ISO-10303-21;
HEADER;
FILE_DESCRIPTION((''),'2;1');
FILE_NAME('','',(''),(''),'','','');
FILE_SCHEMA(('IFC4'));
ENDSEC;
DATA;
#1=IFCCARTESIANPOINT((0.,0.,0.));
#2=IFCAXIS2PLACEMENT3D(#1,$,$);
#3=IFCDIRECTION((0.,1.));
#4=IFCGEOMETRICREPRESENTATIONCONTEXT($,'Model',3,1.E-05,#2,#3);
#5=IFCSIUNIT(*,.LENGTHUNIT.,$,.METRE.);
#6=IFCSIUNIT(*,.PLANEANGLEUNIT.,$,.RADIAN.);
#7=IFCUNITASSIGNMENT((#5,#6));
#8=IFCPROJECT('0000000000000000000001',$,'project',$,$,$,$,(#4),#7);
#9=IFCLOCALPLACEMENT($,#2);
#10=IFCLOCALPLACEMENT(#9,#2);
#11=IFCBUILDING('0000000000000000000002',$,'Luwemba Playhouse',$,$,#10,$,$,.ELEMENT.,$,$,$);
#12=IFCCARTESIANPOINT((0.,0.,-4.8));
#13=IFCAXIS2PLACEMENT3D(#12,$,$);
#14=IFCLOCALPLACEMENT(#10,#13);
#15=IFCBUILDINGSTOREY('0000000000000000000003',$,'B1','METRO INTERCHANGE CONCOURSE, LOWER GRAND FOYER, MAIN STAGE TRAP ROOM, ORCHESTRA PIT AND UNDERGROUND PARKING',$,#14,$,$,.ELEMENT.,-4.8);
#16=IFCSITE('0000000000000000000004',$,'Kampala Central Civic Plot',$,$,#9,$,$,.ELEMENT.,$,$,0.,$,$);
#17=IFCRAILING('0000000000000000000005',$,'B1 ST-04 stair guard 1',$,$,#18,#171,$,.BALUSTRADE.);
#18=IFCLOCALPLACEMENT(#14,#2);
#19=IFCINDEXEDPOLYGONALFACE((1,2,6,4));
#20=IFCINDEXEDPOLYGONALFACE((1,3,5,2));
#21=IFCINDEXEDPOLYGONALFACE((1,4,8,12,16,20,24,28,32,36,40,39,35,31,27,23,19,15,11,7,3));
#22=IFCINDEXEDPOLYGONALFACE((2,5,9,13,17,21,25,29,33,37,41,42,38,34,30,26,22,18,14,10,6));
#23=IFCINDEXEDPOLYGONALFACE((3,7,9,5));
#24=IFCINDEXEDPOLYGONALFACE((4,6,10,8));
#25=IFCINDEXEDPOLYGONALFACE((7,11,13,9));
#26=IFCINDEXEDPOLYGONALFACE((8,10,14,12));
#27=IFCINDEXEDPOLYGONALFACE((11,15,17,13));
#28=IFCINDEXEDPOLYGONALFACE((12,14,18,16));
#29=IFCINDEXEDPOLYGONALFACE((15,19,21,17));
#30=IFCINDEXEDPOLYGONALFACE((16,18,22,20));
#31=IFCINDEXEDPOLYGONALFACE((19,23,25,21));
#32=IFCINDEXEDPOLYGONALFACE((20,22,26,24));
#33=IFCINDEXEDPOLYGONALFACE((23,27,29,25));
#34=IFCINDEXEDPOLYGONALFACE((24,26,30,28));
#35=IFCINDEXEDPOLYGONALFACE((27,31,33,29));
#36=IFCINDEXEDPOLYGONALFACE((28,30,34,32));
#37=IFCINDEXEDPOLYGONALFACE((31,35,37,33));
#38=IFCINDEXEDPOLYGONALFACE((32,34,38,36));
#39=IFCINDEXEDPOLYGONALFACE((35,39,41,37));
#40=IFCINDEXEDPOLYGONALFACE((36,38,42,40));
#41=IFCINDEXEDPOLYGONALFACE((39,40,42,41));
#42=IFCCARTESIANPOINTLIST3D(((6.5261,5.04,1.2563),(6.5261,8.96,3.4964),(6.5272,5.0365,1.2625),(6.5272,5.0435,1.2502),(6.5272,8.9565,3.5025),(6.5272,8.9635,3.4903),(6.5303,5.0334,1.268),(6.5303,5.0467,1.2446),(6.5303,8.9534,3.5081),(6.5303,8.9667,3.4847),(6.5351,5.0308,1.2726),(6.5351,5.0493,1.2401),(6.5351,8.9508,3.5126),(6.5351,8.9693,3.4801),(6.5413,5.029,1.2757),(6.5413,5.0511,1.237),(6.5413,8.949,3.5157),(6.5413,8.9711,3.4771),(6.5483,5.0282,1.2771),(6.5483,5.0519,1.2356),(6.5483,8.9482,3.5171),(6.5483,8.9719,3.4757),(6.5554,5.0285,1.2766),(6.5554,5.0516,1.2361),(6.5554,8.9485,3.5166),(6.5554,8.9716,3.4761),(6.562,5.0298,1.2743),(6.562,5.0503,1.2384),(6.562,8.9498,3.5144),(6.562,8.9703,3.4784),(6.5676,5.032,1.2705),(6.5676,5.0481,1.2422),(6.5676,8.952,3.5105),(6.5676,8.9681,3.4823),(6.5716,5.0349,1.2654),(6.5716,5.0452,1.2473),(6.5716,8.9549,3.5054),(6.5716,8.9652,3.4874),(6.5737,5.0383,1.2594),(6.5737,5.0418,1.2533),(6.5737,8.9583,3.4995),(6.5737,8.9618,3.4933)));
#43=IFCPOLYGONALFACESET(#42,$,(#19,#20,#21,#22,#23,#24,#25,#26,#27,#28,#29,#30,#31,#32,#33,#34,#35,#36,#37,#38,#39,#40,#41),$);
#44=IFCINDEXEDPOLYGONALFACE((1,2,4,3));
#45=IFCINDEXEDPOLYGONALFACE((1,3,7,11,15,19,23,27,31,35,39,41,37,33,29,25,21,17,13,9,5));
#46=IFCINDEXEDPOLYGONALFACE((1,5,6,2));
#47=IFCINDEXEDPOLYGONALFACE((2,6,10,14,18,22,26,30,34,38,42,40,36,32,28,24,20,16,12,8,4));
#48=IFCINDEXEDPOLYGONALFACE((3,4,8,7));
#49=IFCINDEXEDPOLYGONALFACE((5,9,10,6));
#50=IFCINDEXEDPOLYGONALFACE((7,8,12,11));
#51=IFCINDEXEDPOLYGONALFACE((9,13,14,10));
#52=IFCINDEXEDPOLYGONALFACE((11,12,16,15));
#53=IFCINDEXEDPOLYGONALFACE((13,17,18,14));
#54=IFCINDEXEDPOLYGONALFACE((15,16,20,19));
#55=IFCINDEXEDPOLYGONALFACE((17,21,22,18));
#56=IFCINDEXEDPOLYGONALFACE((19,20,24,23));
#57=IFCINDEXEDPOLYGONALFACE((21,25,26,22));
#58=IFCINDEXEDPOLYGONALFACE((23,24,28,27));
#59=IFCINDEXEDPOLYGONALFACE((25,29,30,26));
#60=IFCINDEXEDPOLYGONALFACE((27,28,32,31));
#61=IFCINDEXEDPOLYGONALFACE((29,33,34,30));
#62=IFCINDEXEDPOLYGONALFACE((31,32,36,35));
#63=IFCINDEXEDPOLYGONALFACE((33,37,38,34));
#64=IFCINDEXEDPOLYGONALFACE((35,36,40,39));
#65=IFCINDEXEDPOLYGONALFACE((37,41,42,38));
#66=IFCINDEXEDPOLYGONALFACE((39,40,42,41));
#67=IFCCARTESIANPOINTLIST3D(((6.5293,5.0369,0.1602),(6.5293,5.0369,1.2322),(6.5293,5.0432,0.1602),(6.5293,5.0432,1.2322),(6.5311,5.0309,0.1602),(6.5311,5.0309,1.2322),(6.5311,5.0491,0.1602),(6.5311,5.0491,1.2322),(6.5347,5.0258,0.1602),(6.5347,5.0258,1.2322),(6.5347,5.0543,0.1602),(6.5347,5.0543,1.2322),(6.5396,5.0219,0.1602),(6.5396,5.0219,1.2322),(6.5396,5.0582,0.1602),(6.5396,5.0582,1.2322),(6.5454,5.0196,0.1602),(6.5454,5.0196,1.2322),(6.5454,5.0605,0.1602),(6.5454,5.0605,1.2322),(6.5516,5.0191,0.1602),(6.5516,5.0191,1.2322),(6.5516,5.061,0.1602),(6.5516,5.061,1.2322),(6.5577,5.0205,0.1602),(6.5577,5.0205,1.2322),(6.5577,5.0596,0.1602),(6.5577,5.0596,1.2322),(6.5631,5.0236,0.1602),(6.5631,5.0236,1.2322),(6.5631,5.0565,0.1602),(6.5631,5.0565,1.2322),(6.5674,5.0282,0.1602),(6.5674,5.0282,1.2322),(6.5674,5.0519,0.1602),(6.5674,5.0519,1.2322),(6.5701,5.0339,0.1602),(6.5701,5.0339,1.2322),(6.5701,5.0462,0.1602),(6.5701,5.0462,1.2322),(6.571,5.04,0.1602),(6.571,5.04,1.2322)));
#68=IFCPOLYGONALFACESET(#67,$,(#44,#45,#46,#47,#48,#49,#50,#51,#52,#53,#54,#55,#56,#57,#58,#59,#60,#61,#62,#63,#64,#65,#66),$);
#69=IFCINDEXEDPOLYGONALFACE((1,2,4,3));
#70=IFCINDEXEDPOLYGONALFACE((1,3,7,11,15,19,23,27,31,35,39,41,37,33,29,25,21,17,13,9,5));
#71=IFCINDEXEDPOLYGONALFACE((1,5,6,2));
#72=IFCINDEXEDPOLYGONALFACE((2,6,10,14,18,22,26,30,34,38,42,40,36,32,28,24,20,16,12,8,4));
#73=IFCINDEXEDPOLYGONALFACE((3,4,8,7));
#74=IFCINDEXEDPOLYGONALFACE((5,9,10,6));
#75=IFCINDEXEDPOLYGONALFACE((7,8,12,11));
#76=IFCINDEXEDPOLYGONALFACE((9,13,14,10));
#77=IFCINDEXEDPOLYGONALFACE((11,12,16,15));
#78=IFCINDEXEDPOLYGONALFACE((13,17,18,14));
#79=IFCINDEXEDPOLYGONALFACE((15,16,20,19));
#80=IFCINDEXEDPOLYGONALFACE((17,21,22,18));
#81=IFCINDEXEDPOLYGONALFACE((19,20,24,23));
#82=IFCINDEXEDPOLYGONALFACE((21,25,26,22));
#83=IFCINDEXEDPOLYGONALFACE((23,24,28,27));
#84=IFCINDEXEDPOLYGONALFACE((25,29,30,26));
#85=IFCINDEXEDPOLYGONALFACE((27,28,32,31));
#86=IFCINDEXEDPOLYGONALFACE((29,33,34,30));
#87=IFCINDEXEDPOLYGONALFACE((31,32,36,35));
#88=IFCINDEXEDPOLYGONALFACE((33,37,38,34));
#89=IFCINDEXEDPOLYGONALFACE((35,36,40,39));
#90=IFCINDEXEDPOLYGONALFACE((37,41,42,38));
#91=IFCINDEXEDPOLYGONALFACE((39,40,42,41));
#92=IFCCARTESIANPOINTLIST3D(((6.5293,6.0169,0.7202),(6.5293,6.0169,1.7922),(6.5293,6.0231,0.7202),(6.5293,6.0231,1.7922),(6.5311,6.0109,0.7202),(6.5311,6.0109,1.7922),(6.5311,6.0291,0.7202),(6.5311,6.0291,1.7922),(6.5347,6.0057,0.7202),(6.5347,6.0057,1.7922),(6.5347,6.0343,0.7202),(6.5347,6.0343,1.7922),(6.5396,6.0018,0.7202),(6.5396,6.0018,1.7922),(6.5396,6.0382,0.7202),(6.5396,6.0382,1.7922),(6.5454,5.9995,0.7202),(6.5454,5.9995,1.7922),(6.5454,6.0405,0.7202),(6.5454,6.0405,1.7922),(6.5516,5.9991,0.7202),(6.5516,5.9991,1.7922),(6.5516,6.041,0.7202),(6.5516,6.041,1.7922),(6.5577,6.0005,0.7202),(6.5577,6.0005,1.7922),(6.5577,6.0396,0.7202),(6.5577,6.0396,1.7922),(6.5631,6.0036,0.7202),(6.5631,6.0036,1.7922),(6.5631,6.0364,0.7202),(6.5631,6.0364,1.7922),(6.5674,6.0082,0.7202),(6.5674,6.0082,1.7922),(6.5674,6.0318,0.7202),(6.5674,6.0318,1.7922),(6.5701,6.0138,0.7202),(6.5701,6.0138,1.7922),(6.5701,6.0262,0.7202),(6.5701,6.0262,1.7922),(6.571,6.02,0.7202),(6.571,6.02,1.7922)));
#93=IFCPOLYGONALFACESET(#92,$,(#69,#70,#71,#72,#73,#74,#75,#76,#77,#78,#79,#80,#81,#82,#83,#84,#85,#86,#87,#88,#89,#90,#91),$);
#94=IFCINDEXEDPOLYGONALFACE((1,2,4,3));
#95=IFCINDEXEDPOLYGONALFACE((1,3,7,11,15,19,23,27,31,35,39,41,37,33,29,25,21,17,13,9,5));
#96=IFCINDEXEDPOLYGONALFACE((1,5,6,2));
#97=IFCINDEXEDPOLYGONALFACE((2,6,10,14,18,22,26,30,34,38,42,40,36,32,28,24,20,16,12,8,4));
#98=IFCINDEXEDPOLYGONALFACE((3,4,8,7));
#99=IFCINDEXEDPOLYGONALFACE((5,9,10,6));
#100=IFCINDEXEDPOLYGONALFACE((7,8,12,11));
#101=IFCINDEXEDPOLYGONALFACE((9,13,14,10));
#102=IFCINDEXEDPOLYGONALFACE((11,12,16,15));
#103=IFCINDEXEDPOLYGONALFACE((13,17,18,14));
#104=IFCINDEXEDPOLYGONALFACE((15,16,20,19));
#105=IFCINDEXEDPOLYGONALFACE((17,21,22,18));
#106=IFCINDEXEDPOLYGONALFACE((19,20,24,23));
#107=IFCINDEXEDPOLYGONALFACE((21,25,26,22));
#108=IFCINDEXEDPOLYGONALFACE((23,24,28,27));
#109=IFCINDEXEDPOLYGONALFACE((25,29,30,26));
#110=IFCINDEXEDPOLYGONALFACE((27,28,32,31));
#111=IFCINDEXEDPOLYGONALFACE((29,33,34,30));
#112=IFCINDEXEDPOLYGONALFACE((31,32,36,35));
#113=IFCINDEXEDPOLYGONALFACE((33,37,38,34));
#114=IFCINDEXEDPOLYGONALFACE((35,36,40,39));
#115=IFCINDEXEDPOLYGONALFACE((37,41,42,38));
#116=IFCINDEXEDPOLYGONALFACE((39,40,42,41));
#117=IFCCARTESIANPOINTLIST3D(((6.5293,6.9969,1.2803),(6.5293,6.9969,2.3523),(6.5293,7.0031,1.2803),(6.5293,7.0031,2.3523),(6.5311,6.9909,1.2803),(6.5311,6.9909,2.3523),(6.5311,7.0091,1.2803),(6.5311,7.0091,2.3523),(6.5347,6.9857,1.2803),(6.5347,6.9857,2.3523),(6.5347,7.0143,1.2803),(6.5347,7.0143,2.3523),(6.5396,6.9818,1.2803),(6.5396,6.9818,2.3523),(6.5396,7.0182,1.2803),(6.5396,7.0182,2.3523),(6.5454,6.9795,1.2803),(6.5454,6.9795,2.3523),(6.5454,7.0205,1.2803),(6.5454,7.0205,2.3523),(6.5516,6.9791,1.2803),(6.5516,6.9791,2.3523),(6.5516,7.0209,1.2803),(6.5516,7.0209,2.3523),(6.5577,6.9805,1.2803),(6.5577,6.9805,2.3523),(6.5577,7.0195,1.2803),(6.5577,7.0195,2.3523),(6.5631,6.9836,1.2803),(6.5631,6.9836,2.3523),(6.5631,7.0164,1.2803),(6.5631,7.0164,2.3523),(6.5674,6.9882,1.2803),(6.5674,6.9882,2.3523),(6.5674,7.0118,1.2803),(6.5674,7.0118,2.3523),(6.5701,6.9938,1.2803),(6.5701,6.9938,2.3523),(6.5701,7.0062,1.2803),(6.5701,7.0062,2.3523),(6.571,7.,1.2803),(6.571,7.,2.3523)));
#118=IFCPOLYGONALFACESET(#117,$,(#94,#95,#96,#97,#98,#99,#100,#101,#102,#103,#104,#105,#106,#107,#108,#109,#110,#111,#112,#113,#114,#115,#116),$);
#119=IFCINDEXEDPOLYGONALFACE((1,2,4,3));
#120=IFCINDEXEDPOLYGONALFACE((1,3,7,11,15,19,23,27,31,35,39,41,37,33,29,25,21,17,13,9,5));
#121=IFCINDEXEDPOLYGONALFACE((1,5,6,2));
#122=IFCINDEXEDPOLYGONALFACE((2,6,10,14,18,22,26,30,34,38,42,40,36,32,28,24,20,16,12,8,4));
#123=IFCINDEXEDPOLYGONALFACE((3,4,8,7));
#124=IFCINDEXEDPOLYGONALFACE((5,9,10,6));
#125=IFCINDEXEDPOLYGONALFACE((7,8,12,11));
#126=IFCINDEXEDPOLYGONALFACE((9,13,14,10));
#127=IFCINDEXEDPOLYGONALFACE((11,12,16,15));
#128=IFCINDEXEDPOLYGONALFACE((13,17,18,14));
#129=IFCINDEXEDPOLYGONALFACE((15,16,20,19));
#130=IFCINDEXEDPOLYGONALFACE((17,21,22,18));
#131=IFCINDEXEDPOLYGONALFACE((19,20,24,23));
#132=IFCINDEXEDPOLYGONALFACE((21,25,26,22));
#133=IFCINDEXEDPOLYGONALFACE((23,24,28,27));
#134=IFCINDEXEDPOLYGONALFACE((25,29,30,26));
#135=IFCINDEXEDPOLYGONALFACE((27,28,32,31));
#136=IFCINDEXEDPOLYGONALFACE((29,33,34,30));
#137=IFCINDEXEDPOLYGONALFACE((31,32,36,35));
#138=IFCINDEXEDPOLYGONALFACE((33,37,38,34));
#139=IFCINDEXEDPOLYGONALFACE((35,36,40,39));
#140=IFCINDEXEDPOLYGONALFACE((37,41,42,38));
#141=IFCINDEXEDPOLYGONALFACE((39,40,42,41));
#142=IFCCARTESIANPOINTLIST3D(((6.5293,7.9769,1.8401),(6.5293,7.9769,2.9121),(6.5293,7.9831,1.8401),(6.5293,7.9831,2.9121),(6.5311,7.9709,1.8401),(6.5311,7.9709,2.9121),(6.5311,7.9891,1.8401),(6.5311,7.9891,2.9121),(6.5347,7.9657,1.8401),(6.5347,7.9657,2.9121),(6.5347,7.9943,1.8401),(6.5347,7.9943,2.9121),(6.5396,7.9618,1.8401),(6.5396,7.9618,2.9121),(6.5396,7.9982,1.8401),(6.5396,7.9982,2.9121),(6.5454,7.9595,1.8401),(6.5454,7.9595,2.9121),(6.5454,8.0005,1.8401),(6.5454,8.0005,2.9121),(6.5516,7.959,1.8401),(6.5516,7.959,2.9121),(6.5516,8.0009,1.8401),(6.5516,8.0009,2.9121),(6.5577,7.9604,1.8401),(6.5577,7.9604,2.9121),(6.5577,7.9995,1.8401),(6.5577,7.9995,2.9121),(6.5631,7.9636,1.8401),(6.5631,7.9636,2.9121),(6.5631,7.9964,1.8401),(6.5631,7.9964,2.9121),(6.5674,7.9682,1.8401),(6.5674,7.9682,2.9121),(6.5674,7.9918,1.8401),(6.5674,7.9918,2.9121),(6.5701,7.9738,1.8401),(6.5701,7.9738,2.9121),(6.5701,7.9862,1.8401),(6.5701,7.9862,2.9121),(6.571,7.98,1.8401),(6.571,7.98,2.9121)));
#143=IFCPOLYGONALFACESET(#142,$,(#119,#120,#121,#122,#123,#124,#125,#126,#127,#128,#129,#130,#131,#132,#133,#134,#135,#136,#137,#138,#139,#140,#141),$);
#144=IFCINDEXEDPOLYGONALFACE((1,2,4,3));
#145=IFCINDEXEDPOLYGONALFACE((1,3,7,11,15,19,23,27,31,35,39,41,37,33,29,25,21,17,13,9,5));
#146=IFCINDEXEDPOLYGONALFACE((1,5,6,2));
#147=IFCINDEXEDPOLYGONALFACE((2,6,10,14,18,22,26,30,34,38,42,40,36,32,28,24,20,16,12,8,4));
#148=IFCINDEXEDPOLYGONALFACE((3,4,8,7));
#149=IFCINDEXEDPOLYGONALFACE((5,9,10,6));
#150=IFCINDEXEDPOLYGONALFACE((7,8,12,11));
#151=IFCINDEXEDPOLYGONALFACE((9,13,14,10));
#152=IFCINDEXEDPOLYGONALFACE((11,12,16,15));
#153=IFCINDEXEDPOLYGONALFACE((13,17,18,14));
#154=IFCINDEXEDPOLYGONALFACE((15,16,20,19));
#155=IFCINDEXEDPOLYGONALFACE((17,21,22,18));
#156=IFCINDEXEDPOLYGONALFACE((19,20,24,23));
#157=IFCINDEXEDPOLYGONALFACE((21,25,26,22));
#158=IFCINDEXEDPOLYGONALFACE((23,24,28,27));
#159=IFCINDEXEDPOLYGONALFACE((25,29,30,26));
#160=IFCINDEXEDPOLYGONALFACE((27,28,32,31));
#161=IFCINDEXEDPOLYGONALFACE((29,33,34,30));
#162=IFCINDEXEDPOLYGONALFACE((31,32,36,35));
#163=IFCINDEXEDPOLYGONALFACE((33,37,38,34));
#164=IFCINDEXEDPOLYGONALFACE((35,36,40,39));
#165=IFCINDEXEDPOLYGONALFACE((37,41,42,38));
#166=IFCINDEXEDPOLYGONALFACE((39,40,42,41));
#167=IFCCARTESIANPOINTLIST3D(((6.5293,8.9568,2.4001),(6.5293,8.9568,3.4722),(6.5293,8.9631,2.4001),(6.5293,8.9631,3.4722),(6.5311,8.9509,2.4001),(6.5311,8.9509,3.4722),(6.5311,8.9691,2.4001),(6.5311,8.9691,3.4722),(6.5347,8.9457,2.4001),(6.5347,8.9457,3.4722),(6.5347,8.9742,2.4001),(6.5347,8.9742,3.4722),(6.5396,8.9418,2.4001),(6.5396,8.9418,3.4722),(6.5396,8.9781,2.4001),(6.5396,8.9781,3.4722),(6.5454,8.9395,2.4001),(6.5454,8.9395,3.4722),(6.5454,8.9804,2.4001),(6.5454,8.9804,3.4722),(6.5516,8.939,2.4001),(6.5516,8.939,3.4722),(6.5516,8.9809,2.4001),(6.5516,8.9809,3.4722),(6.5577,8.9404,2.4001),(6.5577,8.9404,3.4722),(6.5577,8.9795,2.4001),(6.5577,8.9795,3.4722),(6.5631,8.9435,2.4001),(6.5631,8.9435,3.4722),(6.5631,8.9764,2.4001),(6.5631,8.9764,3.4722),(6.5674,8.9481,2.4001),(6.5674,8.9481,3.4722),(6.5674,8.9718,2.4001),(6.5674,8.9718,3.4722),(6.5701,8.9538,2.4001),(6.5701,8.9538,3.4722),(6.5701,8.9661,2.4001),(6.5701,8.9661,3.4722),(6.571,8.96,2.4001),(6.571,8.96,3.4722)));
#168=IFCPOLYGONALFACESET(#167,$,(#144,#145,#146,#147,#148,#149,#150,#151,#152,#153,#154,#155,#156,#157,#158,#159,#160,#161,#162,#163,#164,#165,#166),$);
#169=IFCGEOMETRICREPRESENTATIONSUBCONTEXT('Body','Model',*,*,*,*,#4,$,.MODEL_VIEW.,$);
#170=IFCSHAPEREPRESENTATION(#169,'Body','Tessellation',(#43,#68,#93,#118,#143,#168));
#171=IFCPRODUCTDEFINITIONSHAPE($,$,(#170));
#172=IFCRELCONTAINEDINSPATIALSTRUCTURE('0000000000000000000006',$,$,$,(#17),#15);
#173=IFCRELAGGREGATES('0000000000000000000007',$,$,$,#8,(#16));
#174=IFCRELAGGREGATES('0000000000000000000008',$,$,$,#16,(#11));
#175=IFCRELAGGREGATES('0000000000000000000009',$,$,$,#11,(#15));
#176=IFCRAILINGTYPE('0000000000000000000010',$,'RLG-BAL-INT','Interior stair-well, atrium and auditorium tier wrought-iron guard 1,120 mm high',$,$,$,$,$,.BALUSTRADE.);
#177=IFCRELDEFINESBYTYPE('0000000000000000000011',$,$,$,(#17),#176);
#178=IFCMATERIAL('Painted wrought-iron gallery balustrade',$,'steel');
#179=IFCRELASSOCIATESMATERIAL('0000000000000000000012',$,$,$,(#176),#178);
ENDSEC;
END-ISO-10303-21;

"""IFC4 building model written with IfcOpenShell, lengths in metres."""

from ifc_helpers import new_model, si_unit, direction, frame, origin, origin_2d, place, context, subcontext, project, spatial, circle, extrude, material, type_object, element, save


model = new_model("IFC4")

# Units and contexts
model_context = context("Model", 3, precision=1e-05, world=origin(), true_north=direction((0.0, 1.0)))
body_context = subcontext(model_context, "Body", "Model", "MODEL_VIEW")
ifc_project = project(units=[si_unit("LENGTHUNIT", "METRE"), si_unit("PLANEANGLEUNIT", "RADIAN")], contexts=[model_context])

# Site, building, storey
site_placement = place(None, origin())
site = spatial("IfcSite", under=ifc_project, at=site_placement, Name="Kampala Central Civic Plot", CompositionType="ELEMENT", RefElevation=0.0)
building_placement = place(site_placement, origin())
building = spatial("IfcBuilding", under=site, at=building_placement, Name="Luwemba Playhouse", CompositionType="ELEMENT")
storey_placement = place(building_placement, frame((0.0, 0.0, -4.8)))
storey = spatial("IfcBuildingStorey", under=building, at=storey_placement, Name="B1", Description="METRO INTERCHANGE CONCOURSE, LOWER GRAND FOYER, MAIN STAGE TRAP ROOM, ORCHESTRA PIT AND UNDERGROUND PARKING", CompositionType="ELEMENT", Elevation=-4.8)

# Railing
ifc_material_1 = material(Name="Painted wrought-iron gallery balustrade", Category="steel")
railing_type_1 = type_object("IfcRailingType", Name="RLG-BAL-INT", Description="Interior stair-well, atrium and auditorium tier wrought-iron guard 1,120 mm high", PredefinedType="BALUSTRADE", material=ifc_material_1)
railing_1_placement = place(storey_placement, frame((6.55, 5.04, 0.1602)))
element("IfcRailing", 1, at=railing_1_placement, inside=storey, type_object=railing_type_1, Name="B1 ST-04 stair guard 1", PredefinedType="BALUSTRADE", context=body_context, shape_type="SweptSolid", body=[
    extrude(circle(Radius=0.0239, at=origin_2d()), frame((0.0, 0.0, 1.0962), z_axis=(0.0, 0.86824, 0.496145), x_axis=(-1.0, 0.0, 0.0)), (0.0, 0.0, 1.0), 4.5149),
    extrude(circle(Radius=0.021, at=origin_2d()), origin(), (0.0, 0.0, 1.0), 1.072),
    extrude(circle(Radius=0.021, at=origin_2d()), frame((0.0, 0.98, 0.5601)), (0.0, 0.0, 1.0), 1.072),
    extrude(circle(Radius=0.021, at=origin_2d()), frame((0.0, 1.96, 1.1201)), (0.0, 0.0, 1.0), 1.072),
    extrude(circle(Radius=0.021, at=origin_2d()), frame((0.0, 2.9399, 1.6799)), (0.0, 0.0, 1.0), 1.072),
    extrude(circle(Radius=0.021, at=origin_2d()), frame((0.0, 3.9199, 2.24)), (0.0, 0.0, 1.0), 1.072),
])

save(model, "model.ifc")
